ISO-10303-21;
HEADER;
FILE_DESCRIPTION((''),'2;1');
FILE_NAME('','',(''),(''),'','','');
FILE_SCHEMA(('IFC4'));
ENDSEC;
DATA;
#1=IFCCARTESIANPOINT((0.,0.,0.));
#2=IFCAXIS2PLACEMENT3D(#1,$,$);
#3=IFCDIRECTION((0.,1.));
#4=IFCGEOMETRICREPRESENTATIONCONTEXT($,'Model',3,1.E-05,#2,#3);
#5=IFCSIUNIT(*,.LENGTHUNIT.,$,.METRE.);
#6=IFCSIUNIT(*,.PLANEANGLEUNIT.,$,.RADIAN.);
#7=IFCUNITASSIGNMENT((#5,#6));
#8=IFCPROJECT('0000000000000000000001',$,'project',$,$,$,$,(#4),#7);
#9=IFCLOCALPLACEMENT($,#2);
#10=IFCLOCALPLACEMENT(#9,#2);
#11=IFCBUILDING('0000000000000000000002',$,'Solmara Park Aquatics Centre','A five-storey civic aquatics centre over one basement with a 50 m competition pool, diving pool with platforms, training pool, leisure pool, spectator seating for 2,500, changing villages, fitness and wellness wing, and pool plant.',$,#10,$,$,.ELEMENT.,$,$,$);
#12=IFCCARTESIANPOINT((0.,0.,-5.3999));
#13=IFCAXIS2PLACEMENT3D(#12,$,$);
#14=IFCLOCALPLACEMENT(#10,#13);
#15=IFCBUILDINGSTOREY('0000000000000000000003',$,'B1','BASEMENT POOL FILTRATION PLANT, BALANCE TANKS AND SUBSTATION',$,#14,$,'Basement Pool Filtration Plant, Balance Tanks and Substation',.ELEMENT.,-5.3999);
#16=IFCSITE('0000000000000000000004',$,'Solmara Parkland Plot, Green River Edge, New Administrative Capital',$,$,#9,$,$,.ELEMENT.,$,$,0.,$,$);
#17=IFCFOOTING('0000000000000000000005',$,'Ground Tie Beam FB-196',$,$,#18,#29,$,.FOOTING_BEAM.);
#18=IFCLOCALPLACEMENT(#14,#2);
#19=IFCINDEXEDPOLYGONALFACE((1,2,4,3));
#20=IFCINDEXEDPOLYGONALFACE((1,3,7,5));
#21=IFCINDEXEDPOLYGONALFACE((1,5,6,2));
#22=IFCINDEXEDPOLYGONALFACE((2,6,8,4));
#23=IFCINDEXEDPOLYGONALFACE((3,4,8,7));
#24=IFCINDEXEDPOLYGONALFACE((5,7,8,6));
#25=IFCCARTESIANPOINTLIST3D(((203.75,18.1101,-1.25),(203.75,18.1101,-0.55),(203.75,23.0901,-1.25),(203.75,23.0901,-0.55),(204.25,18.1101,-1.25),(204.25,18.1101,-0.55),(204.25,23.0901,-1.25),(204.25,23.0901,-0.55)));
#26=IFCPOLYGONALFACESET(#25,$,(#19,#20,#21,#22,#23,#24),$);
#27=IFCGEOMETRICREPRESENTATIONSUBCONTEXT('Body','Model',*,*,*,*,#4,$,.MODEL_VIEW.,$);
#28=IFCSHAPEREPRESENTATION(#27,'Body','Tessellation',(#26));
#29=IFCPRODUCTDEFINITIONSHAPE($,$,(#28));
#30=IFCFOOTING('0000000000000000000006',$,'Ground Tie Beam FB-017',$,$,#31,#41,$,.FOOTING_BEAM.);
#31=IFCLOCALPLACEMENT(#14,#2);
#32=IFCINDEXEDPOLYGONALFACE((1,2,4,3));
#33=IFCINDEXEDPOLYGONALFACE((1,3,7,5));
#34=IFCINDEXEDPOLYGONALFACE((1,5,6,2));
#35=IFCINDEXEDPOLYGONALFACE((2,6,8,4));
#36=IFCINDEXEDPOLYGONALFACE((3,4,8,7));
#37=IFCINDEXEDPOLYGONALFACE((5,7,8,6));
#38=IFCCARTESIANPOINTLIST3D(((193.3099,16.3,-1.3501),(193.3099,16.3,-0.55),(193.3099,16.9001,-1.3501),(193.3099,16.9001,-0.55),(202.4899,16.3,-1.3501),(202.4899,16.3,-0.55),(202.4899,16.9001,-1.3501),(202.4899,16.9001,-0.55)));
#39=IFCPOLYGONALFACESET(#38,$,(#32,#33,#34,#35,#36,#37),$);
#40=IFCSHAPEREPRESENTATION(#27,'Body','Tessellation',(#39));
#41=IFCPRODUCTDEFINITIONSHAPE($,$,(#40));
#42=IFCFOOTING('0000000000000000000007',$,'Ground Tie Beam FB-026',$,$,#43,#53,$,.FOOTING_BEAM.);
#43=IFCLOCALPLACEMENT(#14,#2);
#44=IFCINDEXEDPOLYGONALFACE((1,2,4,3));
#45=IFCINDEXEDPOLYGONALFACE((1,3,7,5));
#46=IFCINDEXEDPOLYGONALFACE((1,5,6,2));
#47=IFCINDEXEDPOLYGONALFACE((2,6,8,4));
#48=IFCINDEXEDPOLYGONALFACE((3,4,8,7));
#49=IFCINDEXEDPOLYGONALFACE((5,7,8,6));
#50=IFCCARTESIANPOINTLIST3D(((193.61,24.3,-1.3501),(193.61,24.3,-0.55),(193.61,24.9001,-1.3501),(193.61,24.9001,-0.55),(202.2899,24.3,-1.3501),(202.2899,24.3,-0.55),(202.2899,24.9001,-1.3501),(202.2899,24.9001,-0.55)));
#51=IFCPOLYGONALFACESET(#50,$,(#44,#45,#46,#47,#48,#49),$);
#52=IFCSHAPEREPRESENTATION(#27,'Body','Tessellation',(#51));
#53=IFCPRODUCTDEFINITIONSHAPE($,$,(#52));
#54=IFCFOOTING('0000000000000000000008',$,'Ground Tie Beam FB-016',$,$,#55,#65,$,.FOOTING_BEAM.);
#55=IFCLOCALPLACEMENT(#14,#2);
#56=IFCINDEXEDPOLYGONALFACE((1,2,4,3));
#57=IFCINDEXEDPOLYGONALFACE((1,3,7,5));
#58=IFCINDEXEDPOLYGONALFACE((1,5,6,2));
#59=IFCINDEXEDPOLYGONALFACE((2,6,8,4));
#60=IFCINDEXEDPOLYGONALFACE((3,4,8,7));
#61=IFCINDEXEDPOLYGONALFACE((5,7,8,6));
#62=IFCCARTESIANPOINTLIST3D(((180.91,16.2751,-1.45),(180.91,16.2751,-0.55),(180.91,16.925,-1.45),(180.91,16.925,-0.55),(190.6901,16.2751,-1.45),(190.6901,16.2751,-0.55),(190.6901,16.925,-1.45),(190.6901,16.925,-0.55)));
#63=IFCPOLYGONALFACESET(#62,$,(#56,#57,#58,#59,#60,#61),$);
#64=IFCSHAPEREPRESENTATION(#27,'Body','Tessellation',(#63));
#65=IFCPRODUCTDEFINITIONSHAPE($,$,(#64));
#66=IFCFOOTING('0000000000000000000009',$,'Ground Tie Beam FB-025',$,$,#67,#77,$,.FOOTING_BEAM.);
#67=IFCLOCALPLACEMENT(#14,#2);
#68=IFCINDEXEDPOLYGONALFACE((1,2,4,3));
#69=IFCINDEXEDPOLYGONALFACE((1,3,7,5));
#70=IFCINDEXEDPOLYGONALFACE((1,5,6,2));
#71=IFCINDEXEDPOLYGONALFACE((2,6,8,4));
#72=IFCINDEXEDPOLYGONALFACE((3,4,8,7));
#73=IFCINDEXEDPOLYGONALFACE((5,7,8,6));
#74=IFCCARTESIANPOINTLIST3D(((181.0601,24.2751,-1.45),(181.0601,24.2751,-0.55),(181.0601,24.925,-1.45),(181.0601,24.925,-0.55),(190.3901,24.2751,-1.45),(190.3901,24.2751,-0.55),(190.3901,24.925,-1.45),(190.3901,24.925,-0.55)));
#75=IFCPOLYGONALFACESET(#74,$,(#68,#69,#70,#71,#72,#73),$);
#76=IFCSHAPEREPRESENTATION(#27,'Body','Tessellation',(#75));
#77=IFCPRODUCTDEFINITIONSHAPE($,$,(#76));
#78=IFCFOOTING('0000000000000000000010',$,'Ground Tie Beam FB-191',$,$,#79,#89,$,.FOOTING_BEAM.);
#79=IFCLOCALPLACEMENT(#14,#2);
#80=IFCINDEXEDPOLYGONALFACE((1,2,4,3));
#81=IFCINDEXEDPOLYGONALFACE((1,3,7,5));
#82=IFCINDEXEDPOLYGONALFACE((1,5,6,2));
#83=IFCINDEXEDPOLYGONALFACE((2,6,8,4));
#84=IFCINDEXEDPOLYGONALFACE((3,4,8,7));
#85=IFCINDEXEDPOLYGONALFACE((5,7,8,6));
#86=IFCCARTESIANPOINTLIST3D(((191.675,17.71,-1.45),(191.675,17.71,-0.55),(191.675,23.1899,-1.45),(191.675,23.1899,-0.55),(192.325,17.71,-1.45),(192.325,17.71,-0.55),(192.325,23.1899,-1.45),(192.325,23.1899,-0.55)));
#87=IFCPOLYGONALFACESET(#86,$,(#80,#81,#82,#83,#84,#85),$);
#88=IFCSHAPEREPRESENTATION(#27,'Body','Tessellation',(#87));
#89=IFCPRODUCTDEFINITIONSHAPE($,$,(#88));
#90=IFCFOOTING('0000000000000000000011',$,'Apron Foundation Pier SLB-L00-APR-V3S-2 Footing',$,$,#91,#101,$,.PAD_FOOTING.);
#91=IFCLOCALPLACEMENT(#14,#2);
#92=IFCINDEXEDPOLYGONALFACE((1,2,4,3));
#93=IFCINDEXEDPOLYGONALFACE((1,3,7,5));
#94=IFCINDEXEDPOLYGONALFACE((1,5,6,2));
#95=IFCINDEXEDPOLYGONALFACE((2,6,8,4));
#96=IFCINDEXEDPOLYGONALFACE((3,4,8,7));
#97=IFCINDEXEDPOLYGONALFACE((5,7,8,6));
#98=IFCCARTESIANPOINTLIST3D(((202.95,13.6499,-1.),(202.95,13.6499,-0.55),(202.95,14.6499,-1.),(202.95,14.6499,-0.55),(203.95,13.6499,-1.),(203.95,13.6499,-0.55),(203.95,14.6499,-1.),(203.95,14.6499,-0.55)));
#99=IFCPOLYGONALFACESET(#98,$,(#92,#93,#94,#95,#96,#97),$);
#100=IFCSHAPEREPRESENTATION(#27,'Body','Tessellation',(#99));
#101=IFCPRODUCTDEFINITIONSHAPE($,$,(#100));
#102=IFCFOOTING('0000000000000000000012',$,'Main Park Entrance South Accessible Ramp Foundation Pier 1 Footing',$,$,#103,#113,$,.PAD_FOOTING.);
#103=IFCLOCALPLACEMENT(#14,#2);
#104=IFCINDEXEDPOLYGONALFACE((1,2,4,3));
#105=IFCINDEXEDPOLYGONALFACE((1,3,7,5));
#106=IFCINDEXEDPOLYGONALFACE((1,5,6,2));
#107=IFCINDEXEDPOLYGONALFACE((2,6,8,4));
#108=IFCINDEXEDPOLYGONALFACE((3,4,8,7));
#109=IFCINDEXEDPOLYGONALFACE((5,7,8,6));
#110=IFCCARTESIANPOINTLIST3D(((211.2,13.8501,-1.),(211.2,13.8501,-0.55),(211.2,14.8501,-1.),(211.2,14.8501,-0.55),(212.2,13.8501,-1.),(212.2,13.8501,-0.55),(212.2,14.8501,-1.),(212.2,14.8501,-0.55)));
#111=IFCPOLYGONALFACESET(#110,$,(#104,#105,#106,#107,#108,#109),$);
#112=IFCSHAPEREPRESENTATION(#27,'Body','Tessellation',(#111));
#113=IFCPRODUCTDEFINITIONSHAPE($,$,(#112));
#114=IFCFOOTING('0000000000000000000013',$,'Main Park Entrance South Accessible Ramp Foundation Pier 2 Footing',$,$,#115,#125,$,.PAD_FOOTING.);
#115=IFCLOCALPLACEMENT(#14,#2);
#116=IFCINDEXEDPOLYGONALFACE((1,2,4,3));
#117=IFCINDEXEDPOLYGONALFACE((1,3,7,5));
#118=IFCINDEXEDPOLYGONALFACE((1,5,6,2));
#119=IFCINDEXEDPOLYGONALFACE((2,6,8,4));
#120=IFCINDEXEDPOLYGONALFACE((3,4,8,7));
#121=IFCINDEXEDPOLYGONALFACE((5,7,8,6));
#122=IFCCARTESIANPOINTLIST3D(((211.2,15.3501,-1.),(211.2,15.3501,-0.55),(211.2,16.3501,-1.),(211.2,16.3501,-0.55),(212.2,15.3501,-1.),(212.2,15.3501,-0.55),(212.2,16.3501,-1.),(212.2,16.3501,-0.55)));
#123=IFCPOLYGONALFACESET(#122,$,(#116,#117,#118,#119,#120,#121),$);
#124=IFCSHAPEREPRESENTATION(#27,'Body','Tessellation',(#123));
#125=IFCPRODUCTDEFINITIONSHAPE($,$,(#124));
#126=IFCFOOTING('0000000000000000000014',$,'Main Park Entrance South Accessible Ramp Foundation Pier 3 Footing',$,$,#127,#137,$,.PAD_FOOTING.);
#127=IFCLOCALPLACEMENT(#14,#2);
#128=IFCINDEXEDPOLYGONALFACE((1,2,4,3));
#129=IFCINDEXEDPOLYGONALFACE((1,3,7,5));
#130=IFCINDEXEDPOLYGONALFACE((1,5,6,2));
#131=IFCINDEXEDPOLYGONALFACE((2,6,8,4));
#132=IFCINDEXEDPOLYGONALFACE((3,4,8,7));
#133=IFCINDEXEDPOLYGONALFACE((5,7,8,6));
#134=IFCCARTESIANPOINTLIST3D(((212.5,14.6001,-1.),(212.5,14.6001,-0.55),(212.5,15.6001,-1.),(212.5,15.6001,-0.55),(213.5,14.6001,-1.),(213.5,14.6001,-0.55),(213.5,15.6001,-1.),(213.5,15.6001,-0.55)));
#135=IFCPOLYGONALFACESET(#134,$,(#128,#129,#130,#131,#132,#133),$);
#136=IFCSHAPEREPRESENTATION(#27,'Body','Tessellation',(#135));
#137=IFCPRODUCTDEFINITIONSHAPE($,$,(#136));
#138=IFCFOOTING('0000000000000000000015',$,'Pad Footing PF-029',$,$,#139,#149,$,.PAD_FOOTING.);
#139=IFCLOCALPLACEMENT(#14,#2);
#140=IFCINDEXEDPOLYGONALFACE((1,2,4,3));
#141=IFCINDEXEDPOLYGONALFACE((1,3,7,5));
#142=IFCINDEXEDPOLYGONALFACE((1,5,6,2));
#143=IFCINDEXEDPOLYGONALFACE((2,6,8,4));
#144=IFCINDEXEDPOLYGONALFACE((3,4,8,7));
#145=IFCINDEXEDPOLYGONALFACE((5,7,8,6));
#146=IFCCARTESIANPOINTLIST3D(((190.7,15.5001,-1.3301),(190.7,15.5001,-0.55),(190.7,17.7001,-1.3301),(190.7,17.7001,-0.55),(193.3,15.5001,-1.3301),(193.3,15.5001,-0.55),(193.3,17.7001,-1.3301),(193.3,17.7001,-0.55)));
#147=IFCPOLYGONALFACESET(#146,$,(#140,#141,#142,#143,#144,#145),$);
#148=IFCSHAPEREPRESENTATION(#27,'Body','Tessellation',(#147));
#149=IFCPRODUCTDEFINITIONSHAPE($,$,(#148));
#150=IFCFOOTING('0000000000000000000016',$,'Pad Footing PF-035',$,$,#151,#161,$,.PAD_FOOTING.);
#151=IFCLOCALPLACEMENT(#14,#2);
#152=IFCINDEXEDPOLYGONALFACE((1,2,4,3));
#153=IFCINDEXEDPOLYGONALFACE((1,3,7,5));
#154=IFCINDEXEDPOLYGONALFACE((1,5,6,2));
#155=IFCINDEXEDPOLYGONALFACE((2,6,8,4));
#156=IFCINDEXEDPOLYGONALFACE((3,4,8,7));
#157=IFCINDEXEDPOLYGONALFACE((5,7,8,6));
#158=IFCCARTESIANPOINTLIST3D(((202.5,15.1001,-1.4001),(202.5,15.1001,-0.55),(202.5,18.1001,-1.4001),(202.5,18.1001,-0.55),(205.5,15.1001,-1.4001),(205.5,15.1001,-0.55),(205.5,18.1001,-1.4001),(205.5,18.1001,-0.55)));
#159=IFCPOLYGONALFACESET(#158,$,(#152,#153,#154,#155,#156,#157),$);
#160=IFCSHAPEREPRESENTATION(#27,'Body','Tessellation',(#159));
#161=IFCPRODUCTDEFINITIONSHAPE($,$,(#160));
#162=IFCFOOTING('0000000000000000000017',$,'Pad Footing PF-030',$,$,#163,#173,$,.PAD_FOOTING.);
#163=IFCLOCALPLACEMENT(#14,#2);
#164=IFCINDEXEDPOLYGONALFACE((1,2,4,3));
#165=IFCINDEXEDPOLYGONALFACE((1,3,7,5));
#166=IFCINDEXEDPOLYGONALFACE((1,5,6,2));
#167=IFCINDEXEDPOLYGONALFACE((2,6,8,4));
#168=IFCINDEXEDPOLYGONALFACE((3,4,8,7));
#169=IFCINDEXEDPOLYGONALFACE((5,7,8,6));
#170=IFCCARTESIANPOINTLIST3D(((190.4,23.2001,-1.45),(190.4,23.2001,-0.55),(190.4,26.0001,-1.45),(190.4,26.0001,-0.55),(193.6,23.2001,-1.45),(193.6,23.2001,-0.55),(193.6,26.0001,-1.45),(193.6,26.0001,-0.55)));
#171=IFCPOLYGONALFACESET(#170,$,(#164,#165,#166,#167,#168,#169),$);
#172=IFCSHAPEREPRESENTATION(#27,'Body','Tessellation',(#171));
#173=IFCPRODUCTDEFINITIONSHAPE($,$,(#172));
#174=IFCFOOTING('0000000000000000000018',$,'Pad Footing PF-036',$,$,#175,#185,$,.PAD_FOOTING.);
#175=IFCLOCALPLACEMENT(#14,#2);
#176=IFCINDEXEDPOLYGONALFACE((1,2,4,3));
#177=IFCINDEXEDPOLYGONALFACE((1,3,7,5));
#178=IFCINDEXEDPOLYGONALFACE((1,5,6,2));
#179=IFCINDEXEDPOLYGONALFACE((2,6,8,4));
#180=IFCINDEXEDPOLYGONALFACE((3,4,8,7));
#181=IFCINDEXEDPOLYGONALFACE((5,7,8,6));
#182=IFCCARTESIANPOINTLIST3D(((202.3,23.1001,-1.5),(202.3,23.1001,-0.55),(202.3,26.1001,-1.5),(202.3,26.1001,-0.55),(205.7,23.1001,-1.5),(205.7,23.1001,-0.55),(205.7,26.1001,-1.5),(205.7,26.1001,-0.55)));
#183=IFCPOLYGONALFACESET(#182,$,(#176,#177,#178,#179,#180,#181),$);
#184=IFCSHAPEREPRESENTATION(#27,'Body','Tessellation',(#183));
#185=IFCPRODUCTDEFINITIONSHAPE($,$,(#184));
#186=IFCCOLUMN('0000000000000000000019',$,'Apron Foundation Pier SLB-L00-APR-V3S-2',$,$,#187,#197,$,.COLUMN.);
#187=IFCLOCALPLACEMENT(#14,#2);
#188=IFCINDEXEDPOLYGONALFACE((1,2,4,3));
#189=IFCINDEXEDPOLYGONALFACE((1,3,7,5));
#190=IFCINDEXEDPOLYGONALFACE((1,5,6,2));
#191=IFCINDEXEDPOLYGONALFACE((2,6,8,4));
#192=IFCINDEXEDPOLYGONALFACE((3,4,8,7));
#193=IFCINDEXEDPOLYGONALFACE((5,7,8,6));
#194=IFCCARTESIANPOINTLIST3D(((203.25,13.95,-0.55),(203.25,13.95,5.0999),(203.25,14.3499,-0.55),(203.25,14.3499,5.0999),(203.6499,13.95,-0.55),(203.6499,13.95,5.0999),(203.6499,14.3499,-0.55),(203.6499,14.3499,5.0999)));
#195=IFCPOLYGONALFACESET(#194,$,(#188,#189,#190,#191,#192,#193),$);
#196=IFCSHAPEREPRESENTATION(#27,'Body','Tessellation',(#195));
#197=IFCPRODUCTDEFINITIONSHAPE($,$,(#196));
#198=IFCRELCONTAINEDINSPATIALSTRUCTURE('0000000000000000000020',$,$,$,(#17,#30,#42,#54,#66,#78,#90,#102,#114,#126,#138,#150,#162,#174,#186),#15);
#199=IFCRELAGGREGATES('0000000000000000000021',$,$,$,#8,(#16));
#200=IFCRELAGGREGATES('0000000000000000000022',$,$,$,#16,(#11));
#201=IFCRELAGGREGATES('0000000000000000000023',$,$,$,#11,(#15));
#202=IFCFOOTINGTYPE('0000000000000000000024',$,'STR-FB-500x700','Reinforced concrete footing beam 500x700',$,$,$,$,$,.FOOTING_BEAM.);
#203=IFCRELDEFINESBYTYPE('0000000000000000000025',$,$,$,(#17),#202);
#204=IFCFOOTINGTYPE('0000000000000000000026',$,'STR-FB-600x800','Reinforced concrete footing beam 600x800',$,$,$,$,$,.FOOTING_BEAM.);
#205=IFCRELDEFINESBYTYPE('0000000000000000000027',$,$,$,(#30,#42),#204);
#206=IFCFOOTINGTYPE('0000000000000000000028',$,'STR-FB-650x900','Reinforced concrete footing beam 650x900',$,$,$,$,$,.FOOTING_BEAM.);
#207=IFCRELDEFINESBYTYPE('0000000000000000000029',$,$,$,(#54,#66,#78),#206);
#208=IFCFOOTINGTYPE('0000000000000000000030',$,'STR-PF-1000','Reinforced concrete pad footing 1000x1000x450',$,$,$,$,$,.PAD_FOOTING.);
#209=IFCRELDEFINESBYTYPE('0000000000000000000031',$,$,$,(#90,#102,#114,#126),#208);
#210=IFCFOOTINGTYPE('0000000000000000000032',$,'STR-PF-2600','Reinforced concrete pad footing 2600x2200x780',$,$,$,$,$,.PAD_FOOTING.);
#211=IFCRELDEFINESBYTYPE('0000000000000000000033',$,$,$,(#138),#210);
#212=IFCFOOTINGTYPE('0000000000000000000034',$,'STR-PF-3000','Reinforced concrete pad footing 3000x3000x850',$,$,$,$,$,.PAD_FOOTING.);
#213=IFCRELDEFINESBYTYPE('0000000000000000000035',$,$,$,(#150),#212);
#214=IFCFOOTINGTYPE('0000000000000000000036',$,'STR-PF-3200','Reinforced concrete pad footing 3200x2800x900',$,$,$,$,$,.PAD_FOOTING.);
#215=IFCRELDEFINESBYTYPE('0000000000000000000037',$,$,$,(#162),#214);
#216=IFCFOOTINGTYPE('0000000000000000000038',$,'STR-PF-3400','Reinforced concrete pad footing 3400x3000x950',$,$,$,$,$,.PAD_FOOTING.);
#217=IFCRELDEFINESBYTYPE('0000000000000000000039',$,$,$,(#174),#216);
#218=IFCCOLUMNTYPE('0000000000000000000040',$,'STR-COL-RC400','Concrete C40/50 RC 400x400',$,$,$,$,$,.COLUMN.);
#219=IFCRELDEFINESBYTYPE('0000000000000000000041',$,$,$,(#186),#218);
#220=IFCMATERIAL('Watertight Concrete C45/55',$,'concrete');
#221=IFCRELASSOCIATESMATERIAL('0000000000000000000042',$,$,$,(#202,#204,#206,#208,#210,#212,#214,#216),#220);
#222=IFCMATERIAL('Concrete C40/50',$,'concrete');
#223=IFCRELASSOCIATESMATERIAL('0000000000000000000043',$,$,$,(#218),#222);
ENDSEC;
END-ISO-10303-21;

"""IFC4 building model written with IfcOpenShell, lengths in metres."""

from ifc_helpers import new_model, si_unit, direction, frame, origin, origin_2d, place, context, subcontext, project, spatial, rectangle, extrude, material, material_profile, profile_set, type_object, element, save


model = new_model("IFC4")

# Units and contexts
model_context = context("Model", 3, precision=1e-05, world=origin(), true_north=direction((0.0, 1.0)))
body_context = subcontext(model_context, "Body", "Model", "MODEL_VIEW")
ifc_project = project(units=[si_unit("LENGTHUNIT", "METRE"), si_unit("PLANEANGLEUNIT", "RADIAN")], contexts=[model_context])

# Site, building, storey
site_placement = place(None, origin())
site = spatial("IfcSite", under=ifc_project, at=site_placement, Name="Solmara Parkland Plot, Green River Edge, New Administrative Capital", CompositionType="ELEMENT", RefElevation=0.0)
building_placement = place(site_placement, origin())
building = spatial("IfcBuilding", under=site, at=building_placement, Name="Solmara Park Aquatics Centre", Description="A five-storey civic aquatics centre over one basement with a 50 m competition pool, diving pool with platforms, training pool, leisure pool, spectator seating for 2,500, changing villages, fitness and wellness wing, and pool plant.", CompositionType="ELEMENT")
storey_placement = place(building_placement, frame((0.0, 0.0, -5.3999)))
storey = spatial("IfcBuildingStorey", under=building, at=storey_placement, Name="B1", Description="BASEMENT POOL FILTRATION PLANT, BALANCE TANKS AND SUBSTATION", LongName="Basement Pool Filtration Plant, Balance Tanks and Substation", CompositionType="ELEMENT", Elevation=-5.3999)

# Footings
ifc_material_1 = material(Name="Watertight Concrete C45/55", Category="concrete")
footing_type_1 = type_object("IfcFootingType", Name="STR-FB-500x700", Description="Reinforced concrete footing beam 500x700", PredefinedType="FOOTING_BEAM", material=ifc_material_1)
footing_1_placement = place(storey_placement, frame((204.0, 20.6001, -1.25), z_axis=(0.0, 0.0, 1.0), x_axis=(1.0, 0.0, 0.0)))
element("IfcFooting", 1, at=footing_1_placement, inside=storey, type_object=footing_type_1, Name="Ground Tie Beam FB-196", PredefinedType="FOOTING_BEAM", context=body_context, shape_type="SweptSolid", body=[
    extrude(rectangle(XDim=0.5, YDim=4.98, at=origin_2d()), origin(), (0.0, 0.0, 1.0), 0.7),
])
footing_type_2 = type_object("IfcFootingType", Name="STR-FB-600x800", Description="Reinforced concrete footing beam 600x800", PredefinedType="FOOTING_BEAM", material=ifc_material_1)
footing_2_placement = place(storey_placement, frame((197.8999, 16.6001, -1.3501), z_axis=(0.0, 0.0, 1.0), x_axis=(1.0, 0.0, 0.0)))
element("IfcFooting", 2, at=footing_2_placement, inside=storey, type_object=footing_type_2, Name="Ground Tie Beam FB-017", PredefinedType="FOOTING_BEAM", context=body_context, shape_type="SweptSolid", body=[
    extrude(rectangle(XDim=9.1799, YDim=0.6001, at=origin_2d()), origin(), (0.0, 0.0, 1.0), 0.8),
])
footing_3_placement = place(storey_placement, frame((197.95, 24.6001, -1.3501), z_axis=(0.0, 0.0, 1.0), x_axis=(1.0, 0.0, 0.0)))
element("IfcFooting", 3, at=footing_3_placement, inside=storey, type_object=footing_type_2, Name="Ground Tie Beam FB-026", PredefinedType="FOOTING_BEAM", context=body_context, shape_type="SweptSolid", body=[
    extrude(rectangle(XDim=8.6799, YDim=0.6001, at=origin_2d()), origin(), (0.0, 0.0, 1.0), 0.8),
])
footing_type_3 = type_object("IfcFootingType", Name="STR-FB-650x900", Description="Reinforced concrete footing beam 650x900", PredefinedType="FOOTING_BEAM", material=ifc_material_1)
footing_4_placement = place(storey_placement, frame((185.8, 16.6001, -1.45), z_axis=(0.0, 0.0, 1.0), x_axis=(1.0, 0.0, 0.0)))
element("IfcFooting", 4, at=footing_4_placement, inside=storey, type_object=footing_type_3, Name="Ground Tie Beam FB-016", PredefinedType="FOOTING_BEAM", context=body_context, shape_type="SweptSolid", body=[
    extrude(rectangle(XDim=9.78, YDim=0.6499, at=origin_2d()), origin(), (0.0, 0.0, 1.0), 0.8999),
])
footing_5_placement = place(storey_placement, frame((185.7251, 24.6001, -1.45), z_axis=(0.0, 0.0, 1.0), x_axis=(1.0, 0.0, 0.0)))
element("IfcFooting", 5, at=footing_5_placement, inside=storey, type_object=footing_type_3, Name="Ground Tie Beam FB-025", PredefinedType="FOOTING_BEAM", context=body_context, shape_type="SweptSolid", body=[
    extrude(rectangle(XDim=9.3301, YDim=0.6499, at=origin_2d()), origin(), (0.0, 0.0, 1.0), 0.8999),
])
footing_6_placement = place(storey_placement, frame((192.0, 20.45, -1.45), z_axis=(0.0, 0.0, 1.0), x_axis=(1.0, 0.0, 0.0)))
element("IfcFooting", 6, at=footing_6_placement, inside=storey, type_object=footing_type_3, Name="Ground Tie Beam FB-191", PredefinedType="FOOTING_BEAM", context=body_context, shape_type="SweptSolid", body=[
    extrude(rectangle(XDim=0.6499, YDim=5.48, at=origin_2d()), origin(), (0.0, 0.0, 1.0), 0.8999),
])
footing_type_4 = type_object("IfcFootingType", Name="STR-PF-1000", Description="Reinforced concrete pad footing 1000x1000x450", PredefinedType="PAD_FOOTING", material=ifc_material_1)
for number, where, z_axis, x_axis, name in (
    (7, (203.45, 14.1499, -1.0), (0.0, 0.0, 1.0), (1.0, 0.0, 0.0), "Apron Foundation Pier SLB-L00-APR-V3S-2 Footing"),
    (8, (211.7, 14.3501, -1.0), (0.0, 0.0, 1.0), (1.0, 0.0, 0.0), "Main Park Entrance South Accessible Ramp Foundation Pier 1 Footing"),
    (9, (211.7, 15.8501, -1.0), (0.0, 0.0, 1.0), (1.0, 0.0, 0.0), "Main Park Entrance South Accessible Ramp Foundation Pier 2 Footing"),
    (10, (213.0, 15.1001, -1.0), (0.0, 0.0, 1.0), (1.0, 0.0, 0.0), "Main Park Entrance South Accessible Ramp Foundation Pier 3 Footing"),
):
    element("IfcFooting", number, at=place(storey_placement, frame(where, z_axis=z_axis, x_axis=x_axis)), inside=storey, type_object=footing_type_4, Name=name, PredefinedType="PAD_FOOTING", context=body_context, shape_type="SweptSolid", body=[
        extrude(rectangle(XDim=1.0, YDim=1.0, at=origin_2d()), origin(), (0.0, 0.0, 1.0), 0.45),
    ])
footing_type_5 = type_object("IfcFootingType", Name="STR-PF-2600", Description="Reinforced concrete pad footing 2600x2200x780", PredefinedType="PAD_FOOTING", material=ifc_material_1)
footing_7_placement = place(storey_placement, frame((192.0, 16.6001, -1.3301), z_axis=(0.0, 0.0, 1.0), x_axis=(1.0, 0.0, 0.0)))
element("IfcFooting", 11, at=footing_7_placement, inside=storey, type_object=footing_type_5, Name="Pad Footing PF-029", PredefinedType="PAD_FOOTING", context=body_context, shape_type="SweptSolid", body=[
    extrude(rectangle(XDim=2.6001, YDim=2.2, at=origin_2d()), origin(), (0.0, 0.0, 1.0), 0.78),
])
footing_type_6 = type_object("IfcFootingType", Name="STR-PF-3000", Description="Reinforced concrete pad footing 3000x3000x850", PredefinedType="PAD_FOOTING", material=ifc_material_1)
footing_8_placement = place(storey_placement, frame((204.0, 16.6001, -1.4001), z_axis=(0.0, 0.0, 1.0), x_axis=(1.0, 0.0, 0.0)))
element("IfcFooting", 12, at=footing_8_placement, inside=storey, type_object=footing_type_6, Name="Pad Footing PF-035", PredefinedType="PAD_FOOTING", context=body_context, shape_type="SweptSolid", body=[
    extrude(rectangle(XDim=3.0, YDim=3.0, at=origin_2d()), origin(), (0.0, 0.0, 1.0), 0.8501),
])
footing_type_7 = type_object("IfcFootingType", Name="STR-PF-3200", Description="Reinforced concrete pad footing 3200x2800x900", PredefinedType="PAD_FOOTING", material=ifc_material_1)
footing_9_placement = place(storey_placement, frame((192.0, 24.6001, -1.45), z_axis=(0.0, 0.0, 1.0), x_axis=(1.0, 0.0, 0.0)))
element("IfcFooting", 13, at=footing_9_placement, inside=storey, type_object=footing_type_7, Name="Pad Footing PF-030", PredefinedType="PAD_FOOTING", context=body_context, shape_type="SweptSolid", body=[
    extrude(rectangle(XDim=3.2, YDim=2.8, at=origin_2d()), origin(), (0.0, 0.0, 1.0), 0.8999),
])
footing_type_8 = type_object("IfcFootingType", Name="STR-PF-3400", Description="Reinforced concrete pad footing 3400x3000x950", PredefinedType="PAD_FOOTING", material=ifc_material_1)
footing_10_placement = place(storey_placement, frame((204.0, 24.6001, -1.5), z_axis=(0.0, 0.0, 1.0), x_axis=(1.0, 0.0, 0.0)))
element("IfcFooting", 14, at=footing_10_placement, inside=storey, type_object=footing_type_8, Name="Pad Footing PF-036", PredefinedType="PAD_FOOTING", context=body_context, shape_type="SweptSolid", body=[
    extrude(rectangle(XDim=3.3999, YDim=3.0, at=origin_2d()), origin(), (0.0, 0.0, 1.0), 0.95),
])

# Column
ifc_material_2 = material(Name="Concrete C40/50", Category="concrete")
ifc_material_profile_1 = material_profile(ifc_material_2, rectangle(XDim=0.3999, YDim=0.3999, at=origin_2d()), Name="RC 400x400")
ifc_profile_set_1 = profile_set([ifc_material_profile_1], Name="Concrete C40/50")
column_type_1 = type_object("IfcColumnType", Name="STR-COL-RC400", Description="Concrete C40/50 RC 400x400", PredefinedType="COLUMN", material=ifc_profile_set_1)
column_1_placement = place(storey_placement, frame((203.45, 14.1499, -0.55), z_axis=(0.0, 0.0, 1.0), x_axis=(1.0, 0.0, 0.0)))
element("IfcColumn", 15, at=column_1_placement, inside=storey, type_object=column_type_1, Name="Apron Foundation Pier SLB-L00-APR-V3S-2", PredefinedType="COLUMN", context=body_context, shape_type="SweptSolid", body=[
    extrude(rectangle(XDim=0.3999, YDim=0.3999, at=origin_2d()), origin(), (0.0, 0.0, 1.0), 5.6499),
])

save(model, "model.ifc")
